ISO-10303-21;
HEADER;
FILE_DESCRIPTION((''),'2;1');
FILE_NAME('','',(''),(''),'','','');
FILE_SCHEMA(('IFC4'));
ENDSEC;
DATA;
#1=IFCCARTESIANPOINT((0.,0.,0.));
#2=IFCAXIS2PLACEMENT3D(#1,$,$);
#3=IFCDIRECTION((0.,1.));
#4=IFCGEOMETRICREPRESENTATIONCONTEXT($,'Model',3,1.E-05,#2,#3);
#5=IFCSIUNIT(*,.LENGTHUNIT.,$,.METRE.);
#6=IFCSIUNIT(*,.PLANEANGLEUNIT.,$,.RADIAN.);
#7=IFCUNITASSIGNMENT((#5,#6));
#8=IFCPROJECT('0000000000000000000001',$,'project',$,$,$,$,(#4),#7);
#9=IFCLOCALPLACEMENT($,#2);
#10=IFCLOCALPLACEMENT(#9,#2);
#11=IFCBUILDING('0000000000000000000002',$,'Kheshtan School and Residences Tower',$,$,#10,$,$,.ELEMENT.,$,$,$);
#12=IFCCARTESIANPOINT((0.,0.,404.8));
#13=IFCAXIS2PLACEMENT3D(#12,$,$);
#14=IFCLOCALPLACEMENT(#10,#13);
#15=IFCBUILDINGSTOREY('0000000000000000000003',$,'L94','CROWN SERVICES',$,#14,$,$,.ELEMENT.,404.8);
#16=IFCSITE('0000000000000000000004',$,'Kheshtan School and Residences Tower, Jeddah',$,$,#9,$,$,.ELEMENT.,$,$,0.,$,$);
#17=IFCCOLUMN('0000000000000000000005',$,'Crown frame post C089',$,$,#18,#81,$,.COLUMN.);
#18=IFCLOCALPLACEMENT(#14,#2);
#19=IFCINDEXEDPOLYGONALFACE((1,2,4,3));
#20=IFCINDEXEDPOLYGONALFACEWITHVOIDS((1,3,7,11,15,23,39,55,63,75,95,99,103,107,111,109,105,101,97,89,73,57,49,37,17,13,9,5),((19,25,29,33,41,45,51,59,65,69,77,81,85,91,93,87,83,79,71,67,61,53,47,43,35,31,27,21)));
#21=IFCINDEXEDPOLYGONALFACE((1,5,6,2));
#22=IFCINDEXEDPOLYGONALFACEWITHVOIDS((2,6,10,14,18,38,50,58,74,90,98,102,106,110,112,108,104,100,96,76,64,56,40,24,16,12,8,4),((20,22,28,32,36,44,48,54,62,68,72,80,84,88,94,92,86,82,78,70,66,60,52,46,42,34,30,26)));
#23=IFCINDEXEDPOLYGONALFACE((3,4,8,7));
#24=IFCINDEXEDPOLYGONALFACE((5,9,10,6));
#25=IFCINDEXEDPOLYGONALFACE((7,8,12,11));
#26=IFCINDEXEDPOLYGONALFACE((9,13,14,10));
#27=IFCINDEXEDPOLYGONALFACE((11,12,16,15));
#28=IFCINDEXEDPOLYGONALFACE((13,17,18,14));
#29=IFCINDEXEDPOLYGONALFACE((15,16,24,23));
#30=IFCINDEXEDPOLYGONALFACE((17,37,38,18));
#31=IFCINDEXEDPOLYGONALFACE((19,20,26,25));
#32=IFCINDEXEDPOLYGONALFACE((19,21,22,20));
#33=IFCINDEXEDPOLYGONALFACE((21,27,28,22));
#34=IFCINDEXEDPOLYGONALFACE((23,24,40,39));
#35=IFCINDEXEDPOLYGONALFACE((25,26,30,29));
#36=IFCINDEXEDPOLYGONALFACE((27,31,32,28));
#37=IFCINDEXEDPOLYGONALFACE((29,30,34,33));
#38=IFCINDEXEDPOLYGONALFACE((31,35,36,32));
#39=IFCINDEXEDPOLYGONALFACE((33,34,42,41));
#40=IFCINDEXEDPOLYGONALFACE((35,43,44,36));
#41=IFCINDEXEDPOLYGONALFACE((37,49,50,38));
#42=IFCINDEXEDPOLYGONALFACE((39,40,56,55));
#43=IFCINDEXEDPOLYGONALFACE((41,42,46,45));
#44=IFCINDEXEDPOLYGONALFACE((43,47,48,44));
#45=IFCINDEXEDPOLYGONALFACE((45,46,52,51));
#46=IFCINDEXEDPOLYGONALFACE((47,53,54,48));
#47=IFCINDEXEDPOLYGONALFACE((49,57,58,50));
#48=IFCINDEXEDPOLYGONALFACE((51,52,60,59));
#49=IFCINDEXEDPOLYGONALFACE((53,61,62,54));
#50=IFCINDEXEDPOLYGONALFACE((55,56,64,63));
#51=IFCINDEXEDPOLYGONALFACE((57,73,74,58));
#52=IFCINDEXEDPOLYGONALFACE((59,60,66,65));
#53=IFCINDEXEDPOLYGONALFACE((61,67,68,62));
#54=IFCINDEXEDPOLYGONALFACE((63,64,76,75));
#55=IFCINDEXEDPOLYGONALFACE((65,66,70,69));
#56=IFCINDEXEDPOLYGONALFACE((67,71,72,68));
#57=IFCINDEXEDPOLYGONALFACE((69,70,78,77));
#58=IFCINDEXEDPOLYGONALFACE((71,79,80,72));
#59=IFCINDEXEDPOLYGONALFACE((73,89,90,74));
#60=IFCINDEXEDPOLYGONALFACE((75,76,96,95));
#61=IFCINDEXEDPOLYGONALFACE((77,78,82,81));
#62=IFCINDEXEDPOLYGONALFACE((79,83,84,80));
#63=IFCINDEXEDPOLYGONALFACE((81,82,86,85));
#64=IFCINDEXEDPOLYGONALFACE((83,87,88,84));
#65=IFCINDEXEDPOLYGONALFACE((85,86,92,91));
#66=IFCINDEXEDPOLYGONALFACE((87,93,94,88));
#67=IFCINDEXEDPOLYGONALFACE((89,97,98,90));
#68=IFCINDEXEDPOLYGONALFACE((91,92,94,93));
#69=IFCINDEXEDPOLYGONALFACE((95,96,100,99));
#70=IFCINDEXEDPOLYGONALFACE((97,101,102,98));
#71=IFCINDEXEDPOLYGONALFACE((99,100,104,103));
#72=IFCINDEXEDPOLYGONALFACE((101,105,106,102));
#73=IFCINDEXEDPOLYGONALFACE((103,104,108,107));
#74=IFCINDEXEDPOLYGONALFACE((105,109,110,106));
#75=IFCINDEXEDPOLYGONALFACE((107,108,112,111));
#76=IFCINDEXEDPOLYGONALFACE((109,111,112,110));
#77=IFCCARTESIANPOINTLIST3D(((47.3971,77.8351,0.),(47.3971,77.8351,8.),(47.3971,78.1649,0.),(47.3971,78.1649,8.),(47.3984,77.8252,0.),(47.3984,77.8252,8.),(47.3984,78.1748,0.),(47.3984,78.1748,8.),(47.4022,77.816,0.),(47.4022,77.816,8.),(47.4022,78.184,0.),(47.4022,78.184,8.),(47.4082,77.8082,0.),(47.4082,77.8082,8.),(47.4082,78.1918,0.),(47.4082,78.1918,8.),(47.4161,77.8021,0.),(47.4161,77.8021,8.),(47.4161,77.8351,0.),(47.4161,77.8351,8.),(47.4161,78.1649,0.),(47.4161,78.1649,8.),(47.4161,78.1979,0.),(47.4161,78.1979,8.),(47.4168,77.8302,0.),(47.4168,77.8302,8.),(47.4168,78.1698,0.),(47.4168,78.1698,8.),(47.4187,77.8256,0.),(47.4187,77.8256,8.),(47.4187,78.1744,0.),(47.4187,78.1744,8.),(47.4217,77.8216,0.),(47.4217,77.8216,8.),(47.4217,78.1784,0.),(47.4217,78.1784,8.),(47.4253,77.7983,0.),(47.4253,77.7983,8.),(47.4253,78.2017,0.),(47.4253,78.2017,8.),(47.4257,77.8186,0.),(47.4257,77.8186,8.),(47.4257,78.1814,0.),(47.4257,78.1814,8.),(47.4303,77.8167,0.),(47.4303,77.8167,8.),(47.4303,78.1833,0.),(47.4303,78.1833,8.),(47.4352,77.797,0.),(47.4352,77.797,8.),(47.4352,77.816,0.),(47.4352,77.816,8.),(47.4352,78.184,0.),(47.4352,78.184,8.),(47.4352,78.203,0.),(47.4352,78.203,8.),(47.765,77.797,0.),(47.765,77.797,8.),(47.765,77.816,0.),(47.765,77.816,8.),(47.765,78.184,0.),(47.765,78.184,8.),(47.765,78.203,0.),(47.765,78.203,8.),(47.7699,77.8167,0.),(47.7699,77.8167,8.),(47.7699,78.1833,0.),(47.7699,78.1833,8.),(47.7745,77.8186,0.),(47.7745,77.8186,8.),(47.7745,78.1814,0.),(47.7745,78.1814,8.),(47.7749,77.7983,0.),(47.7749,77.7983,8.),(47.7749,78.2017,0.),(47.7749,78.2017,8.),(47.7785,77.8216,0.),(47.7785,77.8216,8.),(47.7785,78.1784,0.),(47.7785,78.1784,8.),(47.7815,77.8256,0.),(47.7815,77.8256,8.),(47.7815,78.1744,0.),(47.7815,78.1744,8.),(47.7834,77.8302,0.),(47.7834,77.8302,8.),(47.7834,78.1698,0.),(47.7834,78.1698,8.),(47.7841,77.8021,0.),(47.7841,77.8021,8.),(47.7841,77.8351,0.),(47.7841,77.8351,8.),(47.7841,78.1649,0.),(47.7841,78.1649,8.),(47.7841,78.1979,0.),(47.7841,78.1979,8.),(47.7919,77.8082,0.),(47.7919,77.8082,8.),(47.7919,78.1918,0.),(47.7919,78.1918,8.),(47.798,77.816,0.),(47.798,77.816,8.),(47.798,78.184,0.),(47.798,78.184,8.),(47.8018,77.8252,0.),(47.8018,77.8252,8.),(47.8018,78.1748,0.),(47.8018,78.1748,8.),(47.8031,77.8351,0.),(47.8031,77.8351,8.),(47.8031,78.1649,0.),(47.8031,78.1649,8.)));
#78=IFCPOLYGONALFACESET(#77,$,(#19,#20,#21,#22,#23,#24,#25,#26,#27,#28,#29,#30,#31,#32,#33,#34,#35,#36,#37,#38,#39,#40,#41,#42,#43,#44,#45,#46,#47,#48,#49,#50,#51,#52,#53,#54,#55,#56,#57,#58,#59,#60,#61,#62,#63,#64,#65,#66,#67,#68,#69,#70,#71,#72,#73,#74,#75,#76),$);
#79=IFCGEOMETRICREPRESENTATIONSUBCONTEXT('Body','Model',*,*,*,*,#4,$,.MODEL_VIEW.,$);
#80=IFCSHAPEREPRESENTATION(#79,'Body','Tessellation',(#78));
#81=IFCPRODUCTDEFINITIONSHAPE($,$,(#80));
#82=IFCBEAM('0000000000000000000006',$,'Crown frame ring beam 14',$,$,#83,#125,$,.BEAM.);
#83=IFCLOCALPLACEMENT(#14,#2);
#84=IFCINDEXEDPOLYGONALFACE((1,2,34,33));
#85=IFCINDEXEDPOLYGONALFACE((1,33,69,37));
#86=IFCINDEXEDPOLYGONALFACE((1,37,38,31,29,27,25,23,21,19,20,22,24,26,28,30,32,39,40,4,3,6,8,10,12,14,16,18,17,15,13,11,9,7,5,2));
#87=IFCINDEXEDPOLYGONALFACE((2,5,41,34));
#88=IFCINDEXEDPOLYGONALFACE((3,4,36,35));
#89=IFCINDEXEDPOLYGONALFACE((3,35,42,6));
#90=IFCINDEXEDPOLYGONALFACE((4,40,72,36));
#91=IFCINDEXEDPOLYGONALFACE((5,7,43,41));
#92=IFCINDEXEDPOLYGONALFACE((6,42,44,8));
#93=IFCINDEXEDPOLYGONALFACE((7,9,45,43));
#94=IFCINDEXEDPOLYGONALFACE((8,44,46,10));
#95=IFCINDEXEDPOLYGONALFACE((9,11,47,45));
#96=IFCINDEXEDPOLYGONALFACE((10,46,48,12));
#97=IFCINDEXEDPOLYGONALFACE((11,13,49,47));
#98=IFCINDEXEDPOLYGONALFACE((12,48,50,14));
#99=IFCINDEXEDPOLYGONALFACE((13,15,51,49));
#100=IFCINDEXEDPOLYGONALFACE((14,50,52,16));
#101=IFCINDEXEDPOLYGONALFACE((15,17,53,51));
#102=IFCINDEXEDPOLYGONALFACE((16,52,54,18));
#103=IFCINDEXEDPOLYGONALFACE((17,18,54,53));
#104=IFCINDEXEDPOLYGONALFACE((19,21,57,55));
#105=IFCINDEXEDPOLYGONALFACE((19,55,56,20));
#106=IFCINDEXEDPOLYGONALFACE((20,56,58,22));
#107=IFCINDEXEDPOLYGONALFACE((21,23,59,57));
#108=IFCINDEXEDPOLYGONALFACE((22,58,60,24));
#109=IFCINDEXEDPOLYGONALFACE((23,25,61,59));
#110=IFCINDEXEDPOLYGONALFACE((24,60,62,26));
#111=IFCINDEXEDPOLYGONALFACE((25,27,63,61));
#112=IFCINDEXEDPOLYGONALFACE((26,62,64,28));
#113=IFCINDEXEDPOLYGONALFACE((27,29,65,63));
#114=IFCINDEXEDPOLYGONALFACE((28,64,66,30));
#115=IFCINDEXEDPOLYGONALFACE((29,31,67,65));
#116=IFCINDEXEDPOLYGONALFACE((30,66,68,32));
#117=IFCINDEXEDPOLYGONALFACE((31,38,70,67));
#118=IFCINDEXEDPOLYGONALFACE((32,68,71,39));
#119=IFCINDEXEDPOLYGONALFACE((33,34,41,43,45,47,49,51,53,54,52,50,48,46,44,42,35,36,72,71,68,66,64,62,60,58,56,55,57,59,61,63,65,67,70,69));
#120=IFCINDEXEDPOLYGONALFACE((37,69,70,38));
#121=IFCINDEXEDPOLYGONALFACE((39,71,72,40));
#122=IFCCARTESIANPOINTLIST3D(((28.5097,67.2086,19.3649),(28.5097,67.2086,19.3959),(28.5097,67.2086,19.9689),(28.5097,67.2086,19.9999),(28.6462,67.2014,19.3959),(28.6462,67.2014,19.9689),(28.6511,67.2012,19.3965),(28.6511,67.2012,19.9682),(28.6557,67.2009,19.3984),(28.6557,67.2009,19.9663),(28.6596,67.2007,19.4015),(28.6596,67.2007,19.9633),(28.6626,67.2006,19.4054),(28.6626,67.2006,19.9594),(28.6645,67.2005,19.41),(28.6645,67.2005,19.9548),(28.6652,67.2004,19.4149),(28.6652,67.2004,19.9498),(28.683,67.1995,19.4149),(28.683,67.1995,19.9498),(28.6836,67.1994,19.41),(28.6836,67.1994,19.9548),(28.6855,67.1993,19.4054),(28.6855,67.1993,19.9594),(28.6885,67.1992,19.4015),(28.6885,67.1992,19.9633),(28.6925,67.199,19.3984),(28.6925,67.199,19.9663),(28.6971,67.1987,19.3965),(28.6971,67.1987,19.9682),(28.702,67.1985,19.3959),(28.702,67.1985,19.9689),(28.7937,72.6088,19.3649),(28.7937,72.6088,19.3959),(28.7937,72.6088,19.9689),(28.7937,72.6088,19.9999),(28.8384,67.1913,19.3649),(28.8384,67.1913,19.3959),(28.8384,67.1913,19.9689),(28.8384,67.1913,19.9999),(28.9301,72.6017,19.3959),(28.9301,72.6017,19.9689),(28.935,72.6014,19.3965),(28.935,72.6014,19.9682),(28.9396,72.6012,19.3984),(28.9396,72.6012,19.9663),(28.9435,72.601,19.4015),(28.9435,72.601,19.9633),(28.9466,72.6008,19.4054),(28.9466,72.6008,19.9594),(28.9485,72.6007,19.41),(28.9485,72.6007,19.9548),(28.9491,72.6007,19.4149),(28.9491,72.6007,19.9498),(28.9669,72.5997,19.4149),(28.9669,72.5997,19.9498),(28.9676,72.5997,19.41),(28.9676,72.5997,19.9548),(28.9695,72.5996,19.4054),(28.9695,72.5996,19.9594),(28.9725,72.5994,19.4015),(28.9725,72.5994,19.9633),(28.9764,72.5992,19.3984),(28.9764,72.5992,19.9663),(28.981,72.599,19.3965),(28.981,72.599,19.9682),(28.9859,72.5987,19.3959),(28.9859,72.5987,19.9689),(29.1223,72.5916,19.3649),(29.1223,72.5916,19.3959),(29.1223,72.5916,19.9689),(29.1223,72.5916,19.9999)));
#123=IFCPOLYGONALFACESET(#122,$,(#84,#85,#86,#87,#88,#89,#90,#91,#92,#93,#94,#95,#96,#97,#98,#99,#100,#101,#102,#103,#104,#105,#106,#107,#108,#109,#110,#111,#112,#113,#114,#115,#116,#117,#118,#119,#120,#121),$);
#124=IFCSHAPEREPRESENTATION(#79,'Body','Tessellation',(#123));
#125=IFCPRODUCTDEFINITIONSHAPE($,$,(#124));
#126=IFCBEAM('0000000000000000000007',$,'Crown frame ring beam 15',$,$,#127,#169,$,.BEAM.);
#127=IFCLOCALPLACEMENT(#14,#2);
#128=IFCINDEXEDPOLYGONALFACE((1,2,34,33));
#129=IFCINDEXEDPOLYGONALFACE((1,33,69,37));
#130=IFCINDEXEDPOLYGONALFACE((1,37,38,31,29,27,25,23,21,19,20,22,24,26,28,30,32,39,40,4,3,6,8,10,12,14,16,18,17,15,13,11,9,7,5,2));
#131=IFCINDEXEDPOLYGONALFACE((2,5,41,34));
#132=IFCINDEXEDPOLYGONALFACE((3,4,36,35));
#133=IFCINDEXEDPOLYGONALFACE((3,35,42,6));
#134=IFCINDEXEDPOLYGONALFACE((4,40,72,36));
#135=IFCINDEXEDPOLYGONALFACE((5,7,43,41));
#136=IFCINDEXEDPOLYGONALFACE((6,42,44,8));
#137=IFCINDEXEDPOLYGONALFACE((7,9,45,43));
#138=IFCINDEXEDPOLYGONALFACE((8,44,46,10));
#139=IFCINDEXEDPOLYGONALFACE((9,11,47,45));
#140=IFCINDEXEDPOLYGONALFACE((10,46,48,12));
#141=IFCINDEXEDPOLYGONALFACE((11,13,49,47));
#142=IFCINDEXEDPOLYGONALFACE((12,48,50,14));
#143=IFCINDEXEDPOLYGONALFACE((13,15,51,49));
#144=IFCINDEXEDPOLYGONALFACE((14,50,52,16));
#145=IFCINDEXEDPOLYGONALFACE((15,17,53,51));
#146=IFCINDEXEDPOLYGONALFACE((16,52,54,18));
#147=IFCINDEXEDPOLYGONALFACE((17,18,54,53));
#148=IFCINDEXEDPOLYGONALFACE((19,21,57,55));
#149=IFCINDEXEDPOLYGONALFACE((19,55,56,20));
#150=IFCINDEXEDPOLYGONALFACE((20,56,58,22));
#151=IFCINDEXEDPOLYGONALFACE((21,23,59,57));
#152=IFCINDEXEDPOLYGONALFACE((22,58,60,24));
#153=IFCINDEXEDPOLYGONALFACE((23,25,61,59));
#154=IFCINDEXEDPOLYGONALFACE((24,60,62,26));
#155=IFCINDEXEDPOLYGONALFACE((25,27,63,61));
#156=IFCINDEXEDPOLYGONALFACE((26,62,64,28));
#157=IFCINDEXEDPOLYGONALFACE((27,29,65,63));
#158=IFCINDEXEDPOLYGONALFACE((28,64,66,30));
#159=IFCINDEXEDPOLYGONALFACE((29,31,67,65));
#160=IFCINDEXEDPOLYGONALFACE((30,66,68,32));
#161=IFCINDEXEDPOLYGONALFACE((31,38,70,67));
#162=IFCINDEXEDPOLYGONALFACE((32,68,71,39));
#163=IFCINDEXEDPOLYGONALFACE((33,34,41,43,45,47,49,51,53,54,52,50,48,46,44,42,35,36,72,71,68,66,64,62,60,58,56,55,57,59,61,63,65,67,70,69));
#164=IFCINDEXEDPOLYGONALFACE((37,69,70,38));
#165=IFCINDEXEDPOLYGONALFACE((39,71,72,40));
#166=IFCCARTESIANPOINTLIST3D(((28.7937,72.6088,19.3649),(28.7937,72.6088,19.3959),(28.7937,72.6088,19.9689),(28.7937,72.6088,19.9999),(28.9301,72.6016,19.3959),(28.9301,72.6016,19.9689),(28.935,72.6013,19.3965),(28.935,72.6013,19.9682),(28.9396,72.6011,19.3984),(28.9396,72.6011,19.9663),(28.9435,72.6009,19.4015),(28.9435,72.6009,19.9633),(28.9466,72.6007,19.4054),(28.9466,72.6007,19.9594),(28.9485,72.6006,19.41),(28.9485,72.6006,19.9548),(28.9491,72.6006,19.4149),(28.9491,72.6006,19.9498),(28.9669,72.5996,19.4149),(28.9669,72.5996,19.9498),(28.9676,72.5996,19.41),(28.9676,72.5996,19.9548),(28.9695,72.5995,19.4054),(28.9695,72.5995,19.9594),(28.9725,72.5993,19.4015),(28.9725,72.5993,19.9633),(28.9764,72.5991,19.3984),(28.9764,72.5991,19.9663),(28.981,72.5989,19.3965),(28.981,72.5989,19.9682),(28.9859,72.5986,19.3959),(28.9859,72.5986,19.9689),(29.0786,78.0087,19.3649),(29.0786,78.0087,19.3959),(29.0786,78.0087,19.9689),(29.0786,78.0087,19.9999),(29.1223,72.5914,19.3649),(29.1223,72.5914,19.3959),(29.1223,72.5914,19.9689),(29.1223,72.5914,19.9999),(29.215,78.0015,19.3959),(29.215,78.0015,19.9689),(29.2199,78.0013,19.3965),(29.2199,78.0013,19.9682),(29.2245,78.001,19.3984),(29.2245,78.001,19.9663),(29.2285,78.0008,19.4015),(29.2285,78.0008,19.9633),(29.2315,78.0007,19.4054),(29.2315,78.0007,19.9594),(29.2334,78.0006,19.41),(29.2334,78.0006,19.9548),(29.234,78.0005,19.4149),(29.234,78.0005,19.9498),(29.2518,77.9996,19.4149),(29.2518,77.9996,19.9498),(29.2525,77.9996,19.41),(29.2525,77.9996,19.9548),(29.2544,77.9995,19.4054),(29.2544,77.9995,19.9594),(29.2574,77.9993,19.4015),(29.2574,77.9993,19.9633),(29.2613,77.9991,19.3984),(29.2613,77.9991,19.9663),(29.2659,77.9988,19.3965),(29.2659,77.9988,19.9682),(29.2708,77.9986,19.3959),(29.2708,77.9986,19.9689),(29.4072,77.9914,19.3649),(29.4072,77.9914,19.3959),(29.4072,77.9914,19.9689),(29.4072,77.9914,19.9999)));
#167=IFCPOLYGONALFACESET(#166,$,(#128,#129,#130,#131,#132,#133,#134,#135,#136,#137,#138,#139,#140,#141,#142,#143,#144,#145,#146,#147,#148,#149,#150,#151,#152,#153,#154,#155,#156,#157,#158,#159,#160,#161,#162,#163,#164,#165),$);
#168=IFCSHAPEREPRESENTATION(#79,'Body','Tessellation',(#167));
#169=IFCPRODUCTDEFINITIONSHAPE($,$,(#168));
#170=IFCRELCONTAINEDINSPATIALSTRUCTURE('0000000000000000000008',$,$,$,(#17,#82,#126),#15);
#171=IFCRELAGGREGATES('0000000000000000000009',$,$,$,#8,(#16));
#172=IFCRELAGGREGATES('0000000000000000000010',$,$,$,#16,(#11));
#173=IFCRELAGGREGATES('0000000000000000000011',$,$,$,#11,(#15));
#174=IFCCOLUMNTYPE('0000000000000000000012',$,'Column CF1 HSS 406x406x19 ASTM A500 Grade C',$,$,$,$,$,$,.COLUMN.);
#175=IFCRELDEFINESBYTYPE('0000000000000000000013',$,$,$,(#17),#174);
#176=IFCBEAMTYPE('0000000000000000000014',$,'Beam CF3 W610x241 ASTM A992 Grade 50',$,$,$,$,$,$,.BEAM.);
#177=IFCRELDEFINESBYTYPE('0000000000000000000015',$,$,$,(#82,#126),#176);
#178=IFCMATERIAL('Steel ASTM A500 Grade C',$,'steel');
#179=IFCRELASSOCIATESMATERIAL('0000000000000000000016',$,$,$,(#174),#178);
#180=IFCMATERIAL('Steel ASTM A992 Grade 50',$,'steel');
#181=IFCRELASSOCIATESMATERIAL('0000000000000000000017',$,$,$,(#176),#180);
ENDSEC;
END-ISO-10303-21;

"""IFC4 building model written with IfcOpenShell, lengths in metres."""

from ifc_helpers import new_model, si_unit, direction, frame, origin, origin_2d, place, context, subcontext, project, spatial, hollow_rectangle, i_section, extrude, material, material_profile, profile_set, type_object, element, save


model = new_model("IFC4")

# Units and contexts
model_context = context("Model", 3, precision=1e-05, world=origin(), true_north=direction((0.0, 1.0)))
body_context = subcontext(model_context, "Body", "Model", "MODEL_VIEW")
ifc_project = project(units=[si_unit("LENGTHUNIT", "METRE"), si_unit("PLANEANGLEUNIT", "RADIAN")], contexts=[model_context])

# Site, building, storey
site_placement = place(None, origin())
site = spatial("IfcSite", under=ifc_project, at=site_placement, Name="Kheshtan School and Residences Tower, Jeddah", CompositionType="ELEMENT", RefElevation=0.0)
building_placement = place(site_placement, origin())
building = spatial("IfcBuilding", under=site, at=building_placement, Name="Kheshtan School and Residences Tower", CompositionType="ELEMENT")
storey_placement = place(building_placement, frame((0.0, 0.0, 404.8)))
storey = spatial("IfcBuildingStorey", under=building, at=storey_placement, Name="L94", Description="CROWN SERVICES", CompositionType="ELEMENT", Elevation=404.8)

# Column
ifc_material_1 = material(Name="Steel ASTM A500 Grade C", Category="steel")
ifc_material_profile_1 = material_profile(ifc_material_1, hollow_rectangle(XDim=0.406, YDim=0.406, WallThickness=0.019, InnerFilletRadius=0.019, OuterFilletRadius=0.0381, at=origin_2d()), Name="HSS 406x406x19")
ifc_profile_set_1 = profile_set([ifc_material_profile_1], Name="Steel ASTM A500 Grade C")
column_type = type_object("IfcColumnType", Name="Column CF1 HSS 406x406x19 ASTM A500 Grade C", PredefinedType="COLUMN", material=ifc_profile_set_1)
for number, where, z_axis, x_axis, name in (
    (1, (47.6001, 78.0, 0.0), (0.0, 0.0, 1.0), (1.0, 0.0, 0.0), "Crown frame post C089"),
):
    element("IfcColumn", number, at=place(storey_placement, frame(where, z_axis=z_axis, x_axis=x_axis)), inside=storey, type_object=column_type, Name=name, PredefinedType="COLUMN", context=body_context, shape_type="SweptSolid", body=[
        extrude(hollow_rectangle(XDim=0.406, YDim=0.406, WallThickness=0.019, InnerFilletRadius=0.019, OuterFilletRadius=0.0381, at=origin_2d()), origin(), (0.0, 0.0, 1.0), 8.0),
    ])

# Beams
ifc_material_2 = material(Name="Steel ASTM A992 Grade 50", Category="steel")
ifc_material_profile_2 = material_profile(ifc_material_2, i_section(OverallWidth=0.3291, OverallDepth=0.635, WebThickness=0.0178, FlangeThickness=0.031, FilletRadius=0.019, at=origin_2d()), Name="W610x241")
ifc_profile_set_2 = profile_set([ifc_material_profile_2], Name="Steel ASTM A992 Grade 50")
beam_type_1 = type_object("IfcBeamType", Name="Beam CF3 W610x241 ASTM A992 Grade 50", PredefinedType="BEAM", material=ifc_profile_set_2)
beam_1_placement = place(storey_placement, frame((28.6741, 67.2, 19.6824), z_axis=(0.052507, 0.998621, 0.0), x_axis=(-0.998621, 0.052507, 0.0)))
element("IfcBeam", 2, at=beam_1_placement, inside=storey, type_object=beam_type_1, Name="Crown frame ring beam 14", PredefinedType="BEAM", context=body_context, shape_type="SweptSolid", body=[
    extrude(i_section(OverallWidth=0.3291, OverallDepth=0.635, WebThickness=0.0178, FlangeThickness=0.031, FilletRadius=0.019, at=origin_2d()), origin(), (0.0, 0.0, 1.0), 5.4077),
])
for number, where, z_axis, x_axis, name in (
    (3, (28.958, 72.6001, 19.6824), (0.052689, 0.998611, 0.0), (-0.998611, 0.052689, 0.0), "Crown frame ring beam 15"),
):
    element("IfcBeam", number, at=place(storey_placement, frame(where, z_axis=z_axis, x_axis=x_axis)), inside=storey, type_object=beam_type_1, Name=name, PredefinedType="BEAM", context=body_context, shape_type="SweptSolid", body=[
        extrude(i_section(OverallWidth=0.3291, OverallDepth=0.635, WebThickness=0.0178, FlangeThickness=0.031, FilletRadius=0.019, at=origin_2d()), origin(), (0.0, 0.0, 1.0), 5.4075),
    ])

save(model, "model.ifc")
